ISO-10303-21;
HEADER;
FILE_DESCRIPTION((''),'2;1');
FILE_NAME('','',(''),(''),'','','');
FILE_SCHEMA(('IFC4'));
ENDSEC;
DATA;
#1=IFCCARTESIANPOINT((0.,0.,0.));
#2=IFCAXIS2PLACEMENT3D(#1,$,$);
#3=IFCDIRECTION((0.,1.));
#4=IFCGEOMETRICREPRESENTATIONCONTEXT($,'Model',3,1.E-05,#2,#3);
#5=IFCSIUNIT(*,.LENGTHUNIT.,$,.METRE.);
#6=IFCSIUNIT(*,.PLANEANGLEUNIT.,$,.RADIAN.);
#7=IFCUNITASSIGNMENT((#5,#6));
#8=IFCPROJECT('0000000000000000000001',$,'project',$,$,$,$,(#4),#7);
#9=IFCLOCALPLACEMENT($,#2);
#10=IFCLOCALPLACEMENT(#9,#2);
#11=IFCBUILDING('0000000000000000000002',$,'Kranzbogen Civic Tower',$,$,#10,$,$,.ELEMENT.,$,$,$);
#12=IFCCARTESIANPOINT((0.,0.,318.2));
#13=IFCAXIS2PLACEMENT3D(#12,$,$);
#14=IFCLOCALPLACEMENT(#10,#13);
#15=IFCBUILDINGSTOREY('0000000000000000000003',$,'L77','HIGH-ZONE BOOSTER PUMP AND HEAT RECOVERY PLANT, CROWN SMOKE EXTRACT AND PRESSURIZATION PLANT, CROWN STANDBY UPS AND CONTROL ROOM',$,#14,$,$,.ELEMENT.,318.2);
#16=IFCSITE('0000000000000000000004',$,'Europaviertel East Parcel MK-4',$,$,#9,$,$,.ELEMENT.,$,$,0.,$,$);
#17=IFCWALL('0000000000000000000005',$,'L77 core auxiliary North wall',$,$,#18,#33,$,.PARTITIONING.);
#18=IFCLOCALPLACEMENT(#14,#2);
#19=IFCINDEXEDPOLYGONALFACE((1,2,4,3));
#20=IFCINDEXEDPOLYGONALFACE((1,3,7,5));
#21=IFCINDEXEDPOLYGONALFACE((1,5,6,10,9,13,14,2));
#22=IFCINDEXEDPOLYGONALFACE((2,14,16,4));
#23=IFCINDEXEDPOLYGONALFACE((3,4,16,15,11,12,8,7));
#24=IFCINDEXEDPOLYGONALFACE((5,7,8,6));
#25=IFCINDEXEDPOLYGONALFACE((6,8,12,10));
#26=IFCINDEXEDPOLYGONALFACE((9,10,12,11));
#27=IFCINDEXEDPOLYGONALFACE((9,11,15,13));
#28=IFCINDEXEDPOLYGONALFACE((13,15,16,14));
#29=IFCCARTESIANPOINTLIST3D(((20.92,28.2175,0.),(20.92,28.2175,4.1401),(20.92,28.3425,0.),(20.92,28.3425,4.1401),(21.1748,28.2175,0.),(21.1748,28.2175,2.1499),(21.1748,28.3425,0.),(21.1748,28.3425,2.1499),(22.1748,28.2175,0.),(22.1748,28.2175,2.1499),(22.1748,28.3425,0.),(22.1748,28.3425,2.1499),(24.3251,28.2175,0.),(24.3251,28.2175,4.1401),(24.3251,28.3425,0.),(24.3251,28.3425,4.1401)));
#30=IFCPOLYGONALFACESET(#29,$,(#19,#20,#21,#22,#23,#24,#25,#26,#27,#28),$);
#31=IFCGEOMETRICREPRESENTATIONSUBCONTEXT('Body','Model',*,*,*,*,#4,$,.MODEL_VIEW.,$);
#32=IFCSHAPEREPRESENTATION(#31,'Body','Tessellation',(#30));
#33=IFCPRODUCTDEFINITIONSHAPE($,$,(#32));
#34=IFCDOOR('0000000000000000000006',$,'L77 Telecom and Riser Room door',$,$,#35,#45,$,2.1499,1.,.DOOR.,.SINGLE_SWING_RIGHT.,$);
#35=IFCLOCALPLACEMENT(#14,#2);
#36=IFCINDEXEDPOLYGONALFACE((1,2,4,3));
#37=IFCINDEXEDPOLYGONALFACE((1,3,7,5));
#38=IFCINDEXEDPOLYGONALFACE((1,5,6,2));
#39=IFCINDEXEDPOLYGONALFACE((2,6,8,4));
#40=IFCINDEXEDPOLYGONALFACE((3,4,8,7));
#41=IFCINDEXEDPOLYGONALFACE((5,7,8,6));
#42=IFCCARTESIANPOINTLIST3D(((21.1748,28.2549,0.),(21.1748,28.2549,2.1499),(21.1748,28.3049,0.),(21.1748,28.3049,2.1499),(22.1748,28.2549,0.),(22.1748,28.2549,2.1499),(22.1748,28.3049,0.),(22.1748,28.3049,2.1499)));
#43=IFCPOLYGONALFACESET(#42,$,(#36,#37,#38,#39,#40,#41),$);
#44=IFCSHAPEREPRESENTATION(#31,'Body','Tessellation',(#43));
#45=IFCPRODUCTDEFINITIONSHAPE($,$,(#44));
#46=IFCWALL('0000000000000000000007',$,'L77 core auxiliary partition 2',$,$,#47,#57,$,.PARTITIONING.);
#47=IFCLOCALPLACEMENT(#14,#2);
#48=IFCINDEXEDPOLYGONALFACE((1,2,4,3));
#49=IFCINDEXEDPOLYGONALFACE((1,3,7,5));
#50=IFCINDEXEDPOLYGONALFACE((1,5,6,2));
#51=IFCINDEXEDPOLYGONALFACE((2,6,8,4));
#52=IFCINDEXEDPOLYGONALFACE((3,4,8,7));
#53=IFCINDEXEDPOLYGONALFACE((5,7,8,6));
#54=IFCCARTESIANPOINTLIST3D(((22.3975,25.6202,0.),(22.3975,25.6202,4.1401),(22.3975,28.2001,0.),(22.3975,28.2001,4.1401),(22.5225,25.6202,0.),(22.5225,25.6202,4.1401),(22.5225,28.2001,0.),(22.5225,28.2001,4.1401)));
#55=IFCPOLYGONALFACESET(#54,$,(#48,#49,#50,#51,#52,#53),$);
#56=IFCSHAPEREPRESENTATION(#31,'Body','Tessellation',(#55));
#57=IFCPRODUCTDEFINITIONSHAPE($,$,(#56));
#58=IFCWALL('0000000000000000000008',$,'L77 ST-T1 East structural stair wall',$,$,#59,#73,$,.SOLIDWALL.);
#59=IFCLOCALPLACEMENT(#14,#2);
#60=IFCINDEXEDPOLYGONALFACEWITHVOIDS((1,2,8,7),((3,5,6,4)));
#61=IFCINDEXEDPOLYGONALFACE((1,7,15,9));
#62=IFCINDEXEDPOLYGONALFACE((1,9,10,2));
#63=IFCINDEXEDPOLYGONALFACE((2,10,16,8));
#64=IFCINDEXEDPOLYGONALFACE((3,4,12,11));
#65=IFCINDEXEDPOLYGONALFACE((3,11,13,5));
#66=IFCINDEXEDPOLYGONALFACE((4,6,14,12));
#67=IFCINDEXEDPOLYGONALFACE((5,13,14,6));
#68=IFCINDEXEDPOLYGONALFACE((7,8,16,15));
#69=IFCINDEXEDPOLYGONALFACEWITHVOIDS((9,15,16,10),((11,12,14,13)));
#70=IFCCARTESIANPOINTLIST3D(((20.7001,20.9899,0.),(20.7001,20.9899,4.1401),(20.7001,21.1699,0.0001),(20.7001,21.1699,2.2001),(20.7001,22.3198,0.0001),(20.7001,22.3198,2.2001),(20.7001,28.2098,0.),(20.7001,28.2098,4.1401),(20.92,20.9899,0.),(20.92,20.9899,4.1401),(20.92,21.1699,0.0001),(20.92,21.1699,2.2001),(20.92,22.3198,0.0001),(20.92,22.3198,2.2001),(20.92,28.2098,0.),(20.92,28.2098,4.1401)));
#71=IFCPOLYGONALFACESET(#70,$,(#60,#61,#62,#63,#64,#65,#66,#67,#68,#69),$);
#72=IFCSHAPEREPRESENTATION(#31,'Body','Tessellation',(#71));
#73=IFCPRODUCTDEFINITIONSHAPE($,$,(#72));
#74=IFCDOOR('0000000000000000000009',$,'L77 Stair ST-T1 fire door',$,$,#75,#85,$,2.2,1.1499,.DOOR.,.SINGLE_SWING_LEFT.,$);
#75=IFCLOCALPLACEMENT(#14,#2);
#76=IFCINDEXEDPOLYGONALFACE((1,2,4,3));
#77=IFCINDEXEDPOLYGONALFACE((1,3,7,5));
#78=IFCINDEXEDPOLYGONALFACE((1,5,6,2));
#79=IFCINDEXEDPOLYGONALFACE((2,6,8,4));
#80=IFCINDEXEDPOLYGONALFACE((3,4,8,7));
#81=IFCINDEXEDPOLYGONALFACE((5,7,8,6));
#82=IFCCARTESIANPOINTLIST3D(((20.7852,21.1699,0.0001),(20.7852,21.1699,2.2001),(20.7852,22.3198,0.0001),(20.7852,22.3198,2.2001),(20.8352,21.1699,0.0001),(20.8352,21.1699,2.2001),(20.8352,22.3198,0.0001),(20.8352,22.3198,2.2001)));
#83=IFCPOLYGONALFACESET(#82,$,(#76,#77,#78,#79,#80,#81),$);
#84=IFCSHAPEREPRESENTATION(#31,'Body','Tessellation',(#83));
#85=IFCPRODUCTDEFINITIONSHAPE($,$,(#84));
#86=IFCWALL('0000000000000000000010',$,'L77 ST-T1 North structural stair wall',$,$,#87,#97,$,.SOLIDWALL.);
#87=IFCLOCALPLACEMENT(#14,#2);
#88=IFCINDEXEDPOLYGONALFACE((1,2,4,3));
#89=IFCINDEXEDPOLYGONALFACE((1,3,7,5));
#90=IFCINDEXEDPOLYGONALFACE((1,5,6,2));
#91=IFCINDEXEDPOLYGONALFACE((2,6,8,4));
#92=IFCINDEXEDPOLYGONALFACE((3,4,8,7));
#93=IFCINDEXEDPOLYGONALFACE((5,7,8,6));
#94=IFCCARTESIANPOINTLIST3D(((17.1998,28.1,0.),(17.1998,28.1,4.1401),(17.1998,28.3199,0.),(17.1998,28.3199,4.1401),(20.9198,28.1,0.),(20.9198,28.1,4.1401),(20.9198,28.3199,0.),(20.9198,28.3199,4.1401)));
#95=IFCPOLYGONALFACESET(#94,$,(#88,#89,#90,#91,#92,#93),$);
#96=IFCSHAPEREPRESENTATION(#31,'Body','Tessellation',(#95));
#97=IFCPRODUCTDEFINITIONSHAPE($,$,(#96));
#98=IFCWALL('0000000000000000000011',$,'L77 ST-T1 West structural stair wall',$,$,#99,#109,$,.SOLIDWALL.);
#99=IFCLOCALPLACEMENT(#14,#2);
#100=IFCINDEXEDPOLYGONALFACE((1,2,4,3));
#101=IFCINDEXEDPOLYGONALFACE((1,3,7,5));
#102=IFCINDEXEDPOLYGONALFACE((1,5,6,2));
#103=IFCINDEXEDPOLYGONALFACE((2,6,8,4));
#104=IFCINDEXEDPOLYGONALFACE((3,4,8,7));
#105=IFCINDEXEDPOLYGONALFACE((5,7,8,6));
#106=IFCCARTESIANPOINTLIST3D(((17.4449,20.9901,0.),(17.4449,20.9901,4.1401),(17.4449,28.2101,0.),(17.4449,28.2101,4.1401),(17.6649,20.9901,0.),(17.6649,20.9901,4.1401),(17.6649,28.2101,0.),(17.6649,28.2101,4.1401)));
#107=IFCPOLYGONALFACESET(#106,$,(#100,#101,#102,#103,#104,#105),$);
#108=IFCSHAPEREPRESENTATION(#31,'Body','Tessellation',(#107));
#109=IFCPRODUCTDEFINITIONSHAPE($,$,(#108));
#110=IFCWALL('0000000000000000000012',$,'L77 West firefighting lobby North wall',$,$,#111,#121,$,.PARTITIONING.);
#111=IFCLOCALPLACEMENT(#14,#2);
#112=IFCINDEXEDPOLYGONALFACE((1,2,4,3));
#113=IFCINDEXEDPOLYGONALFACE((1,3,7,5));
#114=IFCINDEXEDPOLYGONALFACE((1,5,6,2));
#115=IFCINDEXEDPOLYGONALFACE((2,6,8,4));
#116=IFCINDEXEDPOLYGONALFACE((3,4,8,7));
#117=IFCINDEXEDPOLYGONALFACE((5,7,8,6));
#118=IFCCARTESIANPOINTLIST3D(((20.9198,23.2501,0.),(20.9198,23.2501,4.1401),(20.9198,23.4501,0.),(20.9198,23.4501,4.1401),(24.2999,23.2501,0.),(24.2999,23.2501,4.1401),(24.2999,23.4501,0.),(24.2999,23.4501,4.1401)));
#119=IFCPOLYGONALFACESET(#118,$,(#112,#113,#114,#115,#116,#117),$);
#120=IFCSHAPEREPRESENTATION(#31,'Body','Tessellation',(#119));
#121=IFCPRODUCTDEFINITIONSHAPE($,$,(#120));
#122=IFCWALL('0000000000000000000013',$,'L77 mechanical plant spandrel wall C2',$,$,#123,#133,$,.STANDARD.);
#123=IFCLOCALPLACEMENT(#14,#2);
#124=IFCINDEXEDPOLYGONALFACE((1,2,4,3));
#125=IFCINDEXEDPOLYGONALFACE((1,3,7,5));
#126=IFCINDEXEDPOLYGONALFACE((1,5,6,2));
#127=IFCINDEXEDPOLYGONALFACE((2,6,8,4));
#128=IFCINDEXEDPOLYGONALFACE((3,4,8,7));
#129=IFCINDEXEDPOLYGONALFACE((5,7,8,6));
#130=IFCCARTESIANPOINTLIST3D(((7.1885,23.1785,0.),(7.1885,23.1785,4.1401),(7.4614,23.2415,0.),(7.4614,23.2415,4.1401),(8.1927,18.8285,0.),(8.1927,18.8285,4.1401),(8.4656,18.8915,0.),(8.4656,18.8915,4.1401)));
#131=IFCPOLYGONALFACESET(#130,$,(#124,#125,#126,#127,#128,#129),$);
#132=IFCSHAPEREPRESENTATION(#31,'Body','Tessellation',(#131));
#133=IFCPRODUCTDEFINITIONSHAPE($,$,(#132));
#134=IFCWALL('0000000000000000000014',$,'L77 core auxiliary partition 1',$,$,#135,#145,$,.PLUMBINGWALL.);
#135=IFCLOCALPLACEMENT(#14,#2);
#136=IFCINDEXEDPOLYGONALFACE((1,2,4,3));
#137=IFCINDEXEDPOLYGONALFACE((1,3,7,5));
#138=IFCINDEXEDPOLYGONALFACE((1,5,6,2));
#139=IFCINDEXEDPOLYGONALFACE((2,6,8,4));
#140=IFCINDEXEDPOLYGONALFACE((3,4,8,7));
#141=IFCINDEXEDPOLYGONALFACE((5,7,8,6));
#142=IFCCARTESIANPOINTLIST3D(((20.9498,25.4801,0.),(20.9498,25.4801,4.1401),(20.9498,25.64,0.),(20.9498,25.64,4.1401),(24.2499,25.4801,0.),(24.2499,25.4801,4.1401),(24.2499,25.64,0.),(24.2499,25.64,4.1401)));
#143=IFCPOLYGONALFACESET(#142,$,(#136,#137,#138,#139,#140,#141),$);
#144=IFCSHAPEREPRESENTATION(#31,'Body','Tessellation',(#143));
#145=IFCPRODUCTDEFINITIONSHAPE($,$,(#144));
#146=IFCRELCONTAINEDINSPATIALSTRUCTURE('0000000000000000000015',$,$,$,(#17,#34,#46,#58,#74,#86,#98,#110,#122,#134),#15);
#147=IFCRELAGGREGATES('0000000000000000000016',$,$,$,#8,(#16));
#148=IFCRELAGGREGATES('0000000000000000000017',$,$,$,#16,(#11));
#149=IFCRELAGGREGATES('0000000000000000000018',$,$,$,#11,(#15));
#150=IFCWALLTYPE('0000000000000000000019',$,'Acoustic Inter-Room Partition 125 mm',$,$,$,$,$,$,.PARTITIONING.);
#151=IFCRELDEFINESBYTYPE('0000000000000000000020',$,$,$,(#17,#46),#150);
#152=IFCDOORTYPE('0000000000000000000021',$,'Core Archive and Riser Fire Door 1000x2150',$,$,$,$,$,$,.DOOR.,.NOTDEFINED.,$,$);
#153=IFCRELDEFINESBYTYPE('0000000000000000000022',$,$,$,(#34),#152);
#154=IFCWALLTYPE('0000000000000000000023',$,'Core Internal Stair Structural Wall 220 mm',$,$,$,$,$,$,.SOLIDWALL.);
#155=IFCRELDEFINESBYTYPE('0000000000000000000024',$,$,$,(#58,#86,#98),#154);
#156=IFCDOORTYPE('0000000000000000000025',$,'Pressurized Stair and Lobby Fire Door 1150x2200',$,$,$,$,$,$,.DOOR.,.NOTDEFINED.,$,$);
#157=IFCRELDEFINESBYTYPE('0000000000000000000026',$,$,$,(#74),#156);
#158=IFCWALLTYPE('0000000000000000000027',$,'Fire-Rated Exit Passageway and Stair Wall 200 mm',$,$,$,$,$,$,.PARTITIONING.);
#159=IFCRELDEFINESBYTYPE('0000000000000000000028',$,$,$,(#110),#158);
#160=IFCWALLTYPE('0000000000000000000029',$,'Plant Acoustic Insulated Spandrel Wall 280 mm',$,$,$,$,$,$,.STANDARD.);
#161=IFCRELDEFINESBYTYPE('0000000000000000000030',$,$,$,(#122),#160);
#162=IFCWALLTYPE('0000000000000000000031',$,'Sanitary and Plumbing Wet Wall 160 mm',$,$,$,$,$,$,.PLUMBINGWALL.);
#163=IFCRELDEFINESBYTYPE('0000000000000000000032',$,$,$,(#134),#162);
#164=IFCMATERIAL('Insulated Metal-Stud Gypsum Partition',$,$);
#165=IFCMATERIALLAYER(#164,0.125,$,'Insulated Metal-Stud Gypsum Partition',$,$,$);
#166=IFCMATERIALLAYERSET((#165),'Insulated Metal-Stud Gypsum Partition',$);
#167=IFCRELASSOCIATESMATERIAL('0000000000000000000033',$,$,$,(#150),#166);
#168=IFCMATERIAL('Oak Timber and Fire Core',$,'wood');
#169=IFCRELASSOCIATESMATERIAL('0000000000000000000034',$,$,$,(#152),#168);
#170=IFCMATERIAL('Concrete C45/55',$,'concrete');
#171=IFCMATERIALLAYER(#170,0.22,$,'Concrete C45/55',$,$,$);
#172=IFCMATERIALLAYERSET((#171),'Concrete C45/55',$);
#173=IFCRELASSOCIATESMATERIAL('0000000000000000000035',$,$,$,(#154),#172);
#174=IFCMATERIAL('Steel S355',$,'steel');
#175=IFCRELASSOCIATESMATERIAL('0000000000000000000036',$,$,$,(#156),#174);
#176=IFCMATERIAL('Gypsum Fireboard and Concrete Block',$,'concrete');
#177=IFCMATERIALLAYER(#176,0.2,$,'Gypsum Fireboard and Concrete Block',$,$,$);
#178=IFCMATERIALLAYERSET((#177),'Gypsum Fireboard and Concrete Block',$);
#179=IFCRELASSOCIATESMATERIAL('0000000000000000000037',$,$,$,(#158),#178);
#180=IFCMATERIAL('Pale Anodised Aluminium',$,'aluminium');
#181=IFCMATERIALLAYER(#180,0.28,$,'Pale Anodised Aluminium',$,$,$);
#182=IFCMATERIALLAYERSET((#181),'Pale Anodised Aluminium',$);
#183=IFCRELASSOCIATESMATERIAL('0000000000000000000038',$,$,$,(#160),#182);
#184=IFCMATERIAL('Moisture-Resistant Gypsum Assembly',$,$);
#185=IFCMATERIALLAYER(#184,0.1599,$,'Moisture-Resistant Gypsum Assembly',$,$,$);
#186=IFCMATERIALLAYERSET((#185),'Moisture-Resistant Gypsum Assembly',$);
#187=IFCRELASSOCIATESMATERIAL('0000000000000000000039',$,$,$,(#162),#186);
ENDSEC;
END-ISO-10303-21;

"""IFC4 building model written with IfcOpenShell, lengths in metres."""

from ifc_helpers import new_model, si_unit, direction, frame, frame_2d, origin, place, context, subcontext, project, spatial, rectangle, extrude, material, layer, layer_set, type_object, element, fill, save


model = new_model("IFC4")

# Units and contexts
model_context = context("Model", 3, precision=1e-05, world=origin(), true_north=direction((0.0, 1.0)))
body_context = subcontext(model_context, "Body", "Model", "MODEL_VIEW")
ifc_project = project(units=[si_unit("LENGTHUNIT", "METRE"), si_unit("PLANEANGLEUNIT", "RADIAN")], contexts=[model_context])

# Site, building, storey
site_placement = place(None, origin())
site = spatial("IfcSite", under=ifc_project, at=site_placement, Name="Europaviertel East Parcel MK-4", CompositionType="ELEMENT", RefElevation=0.0)
building_placement = place(site_placement, origin())
building = spatial("IfcBuilding", under=site, at=building_placement, Name="Kranzbogen Civic Tower", CompositionType="ELEMENT")
storey_placement = place(building_placement, frame((0.0, 0.0, 318.2)))
storey = spatial("IfcBuildingStorey", under=building, at=storey_placement, Name="L77", Description="HIGH-ZONE BOOSTER PUMP AND HEAT RECOVERY PLANT, CROWN SMOKE EXTRACT AND PRESSURIZATION PLANT, CROWN STANDBY UPS AND CONTROL ROOM", CompositionType="ELEMENT", Elevation=318.2)

# Shared definitions
ifc_material_1 = material(Name="Steel S355", Category="steel")

# Wall, opening, door
ifc_material_2 = material(Name="Insulated Metal-Stud Gypsum Partition")
ifc_layer_1 = layer(ifc_material_2, 0.125, Name="Insulated Metal-Stud Gypsum Partition")
ifc_layer_set_1 = layer_set([ifc_layer_1], Name="Insulated Metal-Stud Gypsum Partition")
wall_type_1 = type_object("IfcWallType", Name="Acoustic Inter-Room Partition 125 mm", PredefinedType="PARTITIONING", material=ifc_layer_set_1)
wall_1_placement = place(storey_placement, frame((20.9199, 28.28, 0.0), z_axis=(0.0, 0.0, 1.0), x_axis=(1.0, 0.0, 0.0)))
wall_1 = element("IfcWall", 1, at=wall_1_placement, inside=storey, type_object=wall_type_1, Name="L77 core auxiliary North wall", PredefinedType="PARTITIONING", context=body_context, shape_type="SweptSolid", body=[
    extrude(rectangle(XDim=3.405, YDim=0.125, at=frame_2d((1.7026, 0.0))), origin(), (0.0, 0.0, 1.0), 4.1401),
])
opening_1_placement = place(wall_1_placement, frame((0.2549, 0.0, 0.0)))
opening_1 = element("IfcOpeningElement", 2, at=opening_1_placement, cuts=wall_1, PredefinedType="OPENING", context=body_context, shape_type="SweptSolid", body=[
    extrude(rectangle(XDim=1.0, YDim=2.1499, at=frame_2d((0.5, 1.075))), frame((0.0, 0.0725, 0.0), z_axis=(0.0, -1.0, 0.0), x_axis=(1.0, 0.0, 0.0)), (0.0, 0.0, 1.0), 0.145),
])
ifc_material_3 = material(Name="Oak Timber and Fire Core", Category="wood")
door_type_1 = type_object("IfcDoorType", Name="Core Archive and Riser Fire Door 1000x2150", OperationType="NOTDEFINED", PredefinedType="DOOR", material=ifc_material_3)
door_1_placement = place(opening_1_placement, origin())
door_1 = element("IfcDoor", 3, at=door_1_placement, inside=storey, type_object=door_type_1, Name="L77 Telecom and Riser Room door", OperationType="SINGLE_SWING_RIGHT", OverallHeight=2.1499, OverallWidth=1.0, PredefinedType="DOOR", context=body_context, shape_type="SweptSolid", body=[
    extrude(rectangle(XDim=1.0, YDim=2.1499, at=frame_2d((0.5, 1.075))), frame((0.0, 0.0249, 0.0), z_axis=(0.0, -1.0, 0.0), x_axis=(1.0, 0.0, 0.0)), (0.0, 0.0, 1.0), 0.05),
])
fill(opening_1, door_1)

# Wall
wall_2_placement = place(storey_placement, frame((22.46, 25.6201, 0.0), z_axis=(0.0, 0.0, 1.0), x_axis=(0.0, 1.0, 0.0)))
element("IfcWall", 4, at=wall_2_placement, inside=storey, type_object=wall_type_1, Name="L77 core auxiliary partition 2", PredefinedType="PARTITIONING", context=body_context, shape_type="SweptSolid", body=[
    extrude(rectangle(XDim=2.5798, YDim=0.125, at=frame_2d((1.29, 0.0))), origin(), (0.0, 0.0, 1.0), 4.1401),
])

# Wall, opening, door
ifc_material_4 = material(Name="Concrete C45/55", Category="concrete")
ifc_layer_2 = layer(ifc_material_4, 0.22, Name="Concrete C45/55")
ifc_layer_set_2 = layer_set([ifc_layer_2], Name="Concrete C45/55")
wall_type_2 = type_object("IfcWallType", Name="Core Internal Stair Structural Wall 220 mm", PredefinedType="SOLIDWALL", material=ifc_layer_set_2)
wall_3_placement = place(storey_placement, frame((20.8101, 20.99, 0.0), z_axis=(0.0, 0.0, 1.0), x_axis=(0.0, 1.0, 0.0)))
wall_3 = element("IfcWall", 5, at=wall_3_placement, inside=storey, type_object=wall_type_2, Name="L77 ST-T1 East structural stair wall", PredefinedType="SOLIDWALL", context=body_context, shape_type="SweptSolid", body=[
    extrude(rectangle(XDim=7.22, YDim=0.22, at=frame_2d((3.6099, 0.0))), origin(), (0.0, 0.0, 1.0), 4.1401),
])
opening_2_placement = place(wall_3_placement, frame((0.1799, 0.0, 0.0)))
opening_2 = element("IfcOpeningElement", 6, at=opening_2_placement, cuts=wall_3, PredefinedType="OPENING", context=body_context, shape_type="SweptSolid", body=[
    extrude(rectangle(XDim=1.1499, YDim=2.2, at=frame_2d((0.575, 1.1001))), frame((0.0, 0.1201, 0.0), z_axis=(0.0, -1.0, 0.0), x_axis=(1.0, 0.0, 0.0)), (0.0, 0.0, 1.0), 0.24),
])
door_type_2 = type_object("IfcDoorType", Name="Pressurized Stair and Lobby Fire Door 1150x2200", OperationType="NOTDEFINED", PredefinedType="DOOR", material=ifc_material_1)
door_2_placement = place(opening_2_placement, origin())
door_2 = element("IfcDoor", 7, at=door_2_placement, inside=storey, type_object=door_type_2, Name="L77 Stair ST-T1 fire door", OperationType="SINGLE_SWING_LEFT", OverallHeight=2.2, OverallWidth=1.1499, PredefinedType="DOOR", context=body_context, shape_type="SweptSolid", body=[
    extrude(rectangle(XDim=1.1499, YDim=2.2, at=frame_2d((0.575, 1.1001))), frame((0.0, 0.0249, 0.0), z_axis=(0.0, -1.0, 0.0), x_axis=(1.0, 0.0, 0.0)), (0.0, 0.0, 1.0), 0.05),
])
fill(opening_2, door_2)

# Walls
wall_4_placement = place(storey_placement, frame((17.2, 28.21, 0.0), z_axis=(0.0, 0.0, 1.0), x_axis=(1.0, 0.0, 0.0)))
element("IfcWall", 8, at=wall_4_placement, inside=storey, type_object=wall_type_2, Name="L77 ST-T1 North structural stair wall", PredefinedType="SOLIDWALL", context=body_context, shape_type="SweptSolid", body=[
    extrude(rectangle(XDim=3.72, YDim=0.22, at=frame_2d((1.8599, 0.0))), origin(), (0.0, 0.0, 1.0), 4.1401),
])
wall_5_placement = place(storey_placement, frame((17.5549, 28.21, 0.0), z_axis=(0.0, 0.0, 1.0), x_axis=(0.0, -1.0, 0.0)))
element("IfcWall", 9, at=wall_5_placement, inside=storey, type_object=wall_type_2, Name="L77 ST-T1 West structural stair wall", PredefinedType="SOLIDWALL", context=body_context, shape_type="SweptSolid", body=[
    extrude(rectangle(XDim=7.22, YDim=0.22, at=frame_2d((3.6099, 0.0))), origin(), (0.0, 0.0, 1.0), 4.1401),
])
ifc_material_5 = material(Name="Gypsum Fireboard and Concrete Block", Category="concrete")
ifc_layer_3 = layer(ifc_material_5, 0.2, Name="Gypsum Fireboard and Concrete Block")
ifc_layer_set_3 = layer_set([ifc_layer_3], Name="Gypsum Fireboard and Concrete Block")
wall_type_3 = type_object("IfcWallType", Name="Fire-Rated Exit Passageway and Stair Wall 200 mm", PredefinedType="PARTITIONING", material=ifc_layer_set_3)
wall_6_placement = place(storey_placement, frame((20.9199, 23.3501, 0.0), z_axis=(0.0, 0.0, 1.0), x_axis=(1.0, 0.0, 0.0)))
element("IfcWall", 10, at=wall_6_placement, inside=storey, type_object=wall_type_3, Name="L77 West firefighting lobby North wall", PredefinedType="PARTITIONING", context=body_context, shape_type="SweptSolid", body=[
    extrude(rectangle(XDim=3.3801, YDim=0.2, at=frame_2d((1.6899, 0.0))), origin(), (0.0, 0.0, 1.0), 4.1401),
])
ifc_material_6 = material(Name="Pale Anodised Aluminium", Category="aluminium")
ifc_layer_4 = layer(ifc_material_6, 0.28, Name="Pale Anodised Aluminium")
ifc_layer_set_4 = layer_set([ifc_layer_4], Name="Pale Anodised Aluminium")
wall_type_4 = type_object("IfcWallType", Name="Plant Acoustic Insulated Spandrel Wall 280 mm", PredefinedType="STANDARD", material=ifc_layer_set_4)
wall_7_placement = place(storey_placement, frame((7.325, 23.21, 0.0), z_axis=(0.0, 0.0, 1.0), x_axis=(0.224931, -0.974375, 0.0)))
element("IfcWall", 11, at=wall_7_placement, inside=storey, type_object=wall_type_4, Name="L77 mechanical plant spandrel wall C2", PredefinedType="STANDARD", context=body_context, shape_type="SweptSolid", body=[
    extrude(rectangle(XDim=4.4644, YDim=0.28, at=frame_2d((2.2322, 0.0))), origin(), (0.0, 0.0, 1.0), 4.1401),
])
ifc_material_7 = material(Name="Moisture-Resistant Gypsum Assembly")
ifc_layer_5 = layer(ifc_material_7, 0.1599, Name="Moisture-Resistant Gypsum Assembly")
ifc_layer_set_5 = layer_set([ifc_layer_5], Name="Moisture-Resistant Gypsum Assembly")
wall_type_5 = type_object("IfcWallType", Name="Sanitary and Plumbing Wet Wall 160 mm", PredefinedType="PLUMBINGWALL", material=ifc_layer_set_5)
wall_8_placement = place(storey_placement, frame((20.95, 25.5601, 0.0), z_axis=(0.0, 0.0, 1.0), x_axis=(1.0, 0.0, 0.0)))
element("IfcWall", 12, at=wall_8_placement, inside=storey, type_object=wall_type_5, Name="L77 core auxiliary partition 1", PredefinedType="PLUMBINGWALL", context=body_context, shape_type="SweptSolid", body=[
    extrude(rectangle(XDim=3.3, YDim=0.1599, at=frame_2d((1.6499, 0.0))), origin(), (0.0, 0.0, 1.0), 4.1401),
])

save(model, "model.ifc")
